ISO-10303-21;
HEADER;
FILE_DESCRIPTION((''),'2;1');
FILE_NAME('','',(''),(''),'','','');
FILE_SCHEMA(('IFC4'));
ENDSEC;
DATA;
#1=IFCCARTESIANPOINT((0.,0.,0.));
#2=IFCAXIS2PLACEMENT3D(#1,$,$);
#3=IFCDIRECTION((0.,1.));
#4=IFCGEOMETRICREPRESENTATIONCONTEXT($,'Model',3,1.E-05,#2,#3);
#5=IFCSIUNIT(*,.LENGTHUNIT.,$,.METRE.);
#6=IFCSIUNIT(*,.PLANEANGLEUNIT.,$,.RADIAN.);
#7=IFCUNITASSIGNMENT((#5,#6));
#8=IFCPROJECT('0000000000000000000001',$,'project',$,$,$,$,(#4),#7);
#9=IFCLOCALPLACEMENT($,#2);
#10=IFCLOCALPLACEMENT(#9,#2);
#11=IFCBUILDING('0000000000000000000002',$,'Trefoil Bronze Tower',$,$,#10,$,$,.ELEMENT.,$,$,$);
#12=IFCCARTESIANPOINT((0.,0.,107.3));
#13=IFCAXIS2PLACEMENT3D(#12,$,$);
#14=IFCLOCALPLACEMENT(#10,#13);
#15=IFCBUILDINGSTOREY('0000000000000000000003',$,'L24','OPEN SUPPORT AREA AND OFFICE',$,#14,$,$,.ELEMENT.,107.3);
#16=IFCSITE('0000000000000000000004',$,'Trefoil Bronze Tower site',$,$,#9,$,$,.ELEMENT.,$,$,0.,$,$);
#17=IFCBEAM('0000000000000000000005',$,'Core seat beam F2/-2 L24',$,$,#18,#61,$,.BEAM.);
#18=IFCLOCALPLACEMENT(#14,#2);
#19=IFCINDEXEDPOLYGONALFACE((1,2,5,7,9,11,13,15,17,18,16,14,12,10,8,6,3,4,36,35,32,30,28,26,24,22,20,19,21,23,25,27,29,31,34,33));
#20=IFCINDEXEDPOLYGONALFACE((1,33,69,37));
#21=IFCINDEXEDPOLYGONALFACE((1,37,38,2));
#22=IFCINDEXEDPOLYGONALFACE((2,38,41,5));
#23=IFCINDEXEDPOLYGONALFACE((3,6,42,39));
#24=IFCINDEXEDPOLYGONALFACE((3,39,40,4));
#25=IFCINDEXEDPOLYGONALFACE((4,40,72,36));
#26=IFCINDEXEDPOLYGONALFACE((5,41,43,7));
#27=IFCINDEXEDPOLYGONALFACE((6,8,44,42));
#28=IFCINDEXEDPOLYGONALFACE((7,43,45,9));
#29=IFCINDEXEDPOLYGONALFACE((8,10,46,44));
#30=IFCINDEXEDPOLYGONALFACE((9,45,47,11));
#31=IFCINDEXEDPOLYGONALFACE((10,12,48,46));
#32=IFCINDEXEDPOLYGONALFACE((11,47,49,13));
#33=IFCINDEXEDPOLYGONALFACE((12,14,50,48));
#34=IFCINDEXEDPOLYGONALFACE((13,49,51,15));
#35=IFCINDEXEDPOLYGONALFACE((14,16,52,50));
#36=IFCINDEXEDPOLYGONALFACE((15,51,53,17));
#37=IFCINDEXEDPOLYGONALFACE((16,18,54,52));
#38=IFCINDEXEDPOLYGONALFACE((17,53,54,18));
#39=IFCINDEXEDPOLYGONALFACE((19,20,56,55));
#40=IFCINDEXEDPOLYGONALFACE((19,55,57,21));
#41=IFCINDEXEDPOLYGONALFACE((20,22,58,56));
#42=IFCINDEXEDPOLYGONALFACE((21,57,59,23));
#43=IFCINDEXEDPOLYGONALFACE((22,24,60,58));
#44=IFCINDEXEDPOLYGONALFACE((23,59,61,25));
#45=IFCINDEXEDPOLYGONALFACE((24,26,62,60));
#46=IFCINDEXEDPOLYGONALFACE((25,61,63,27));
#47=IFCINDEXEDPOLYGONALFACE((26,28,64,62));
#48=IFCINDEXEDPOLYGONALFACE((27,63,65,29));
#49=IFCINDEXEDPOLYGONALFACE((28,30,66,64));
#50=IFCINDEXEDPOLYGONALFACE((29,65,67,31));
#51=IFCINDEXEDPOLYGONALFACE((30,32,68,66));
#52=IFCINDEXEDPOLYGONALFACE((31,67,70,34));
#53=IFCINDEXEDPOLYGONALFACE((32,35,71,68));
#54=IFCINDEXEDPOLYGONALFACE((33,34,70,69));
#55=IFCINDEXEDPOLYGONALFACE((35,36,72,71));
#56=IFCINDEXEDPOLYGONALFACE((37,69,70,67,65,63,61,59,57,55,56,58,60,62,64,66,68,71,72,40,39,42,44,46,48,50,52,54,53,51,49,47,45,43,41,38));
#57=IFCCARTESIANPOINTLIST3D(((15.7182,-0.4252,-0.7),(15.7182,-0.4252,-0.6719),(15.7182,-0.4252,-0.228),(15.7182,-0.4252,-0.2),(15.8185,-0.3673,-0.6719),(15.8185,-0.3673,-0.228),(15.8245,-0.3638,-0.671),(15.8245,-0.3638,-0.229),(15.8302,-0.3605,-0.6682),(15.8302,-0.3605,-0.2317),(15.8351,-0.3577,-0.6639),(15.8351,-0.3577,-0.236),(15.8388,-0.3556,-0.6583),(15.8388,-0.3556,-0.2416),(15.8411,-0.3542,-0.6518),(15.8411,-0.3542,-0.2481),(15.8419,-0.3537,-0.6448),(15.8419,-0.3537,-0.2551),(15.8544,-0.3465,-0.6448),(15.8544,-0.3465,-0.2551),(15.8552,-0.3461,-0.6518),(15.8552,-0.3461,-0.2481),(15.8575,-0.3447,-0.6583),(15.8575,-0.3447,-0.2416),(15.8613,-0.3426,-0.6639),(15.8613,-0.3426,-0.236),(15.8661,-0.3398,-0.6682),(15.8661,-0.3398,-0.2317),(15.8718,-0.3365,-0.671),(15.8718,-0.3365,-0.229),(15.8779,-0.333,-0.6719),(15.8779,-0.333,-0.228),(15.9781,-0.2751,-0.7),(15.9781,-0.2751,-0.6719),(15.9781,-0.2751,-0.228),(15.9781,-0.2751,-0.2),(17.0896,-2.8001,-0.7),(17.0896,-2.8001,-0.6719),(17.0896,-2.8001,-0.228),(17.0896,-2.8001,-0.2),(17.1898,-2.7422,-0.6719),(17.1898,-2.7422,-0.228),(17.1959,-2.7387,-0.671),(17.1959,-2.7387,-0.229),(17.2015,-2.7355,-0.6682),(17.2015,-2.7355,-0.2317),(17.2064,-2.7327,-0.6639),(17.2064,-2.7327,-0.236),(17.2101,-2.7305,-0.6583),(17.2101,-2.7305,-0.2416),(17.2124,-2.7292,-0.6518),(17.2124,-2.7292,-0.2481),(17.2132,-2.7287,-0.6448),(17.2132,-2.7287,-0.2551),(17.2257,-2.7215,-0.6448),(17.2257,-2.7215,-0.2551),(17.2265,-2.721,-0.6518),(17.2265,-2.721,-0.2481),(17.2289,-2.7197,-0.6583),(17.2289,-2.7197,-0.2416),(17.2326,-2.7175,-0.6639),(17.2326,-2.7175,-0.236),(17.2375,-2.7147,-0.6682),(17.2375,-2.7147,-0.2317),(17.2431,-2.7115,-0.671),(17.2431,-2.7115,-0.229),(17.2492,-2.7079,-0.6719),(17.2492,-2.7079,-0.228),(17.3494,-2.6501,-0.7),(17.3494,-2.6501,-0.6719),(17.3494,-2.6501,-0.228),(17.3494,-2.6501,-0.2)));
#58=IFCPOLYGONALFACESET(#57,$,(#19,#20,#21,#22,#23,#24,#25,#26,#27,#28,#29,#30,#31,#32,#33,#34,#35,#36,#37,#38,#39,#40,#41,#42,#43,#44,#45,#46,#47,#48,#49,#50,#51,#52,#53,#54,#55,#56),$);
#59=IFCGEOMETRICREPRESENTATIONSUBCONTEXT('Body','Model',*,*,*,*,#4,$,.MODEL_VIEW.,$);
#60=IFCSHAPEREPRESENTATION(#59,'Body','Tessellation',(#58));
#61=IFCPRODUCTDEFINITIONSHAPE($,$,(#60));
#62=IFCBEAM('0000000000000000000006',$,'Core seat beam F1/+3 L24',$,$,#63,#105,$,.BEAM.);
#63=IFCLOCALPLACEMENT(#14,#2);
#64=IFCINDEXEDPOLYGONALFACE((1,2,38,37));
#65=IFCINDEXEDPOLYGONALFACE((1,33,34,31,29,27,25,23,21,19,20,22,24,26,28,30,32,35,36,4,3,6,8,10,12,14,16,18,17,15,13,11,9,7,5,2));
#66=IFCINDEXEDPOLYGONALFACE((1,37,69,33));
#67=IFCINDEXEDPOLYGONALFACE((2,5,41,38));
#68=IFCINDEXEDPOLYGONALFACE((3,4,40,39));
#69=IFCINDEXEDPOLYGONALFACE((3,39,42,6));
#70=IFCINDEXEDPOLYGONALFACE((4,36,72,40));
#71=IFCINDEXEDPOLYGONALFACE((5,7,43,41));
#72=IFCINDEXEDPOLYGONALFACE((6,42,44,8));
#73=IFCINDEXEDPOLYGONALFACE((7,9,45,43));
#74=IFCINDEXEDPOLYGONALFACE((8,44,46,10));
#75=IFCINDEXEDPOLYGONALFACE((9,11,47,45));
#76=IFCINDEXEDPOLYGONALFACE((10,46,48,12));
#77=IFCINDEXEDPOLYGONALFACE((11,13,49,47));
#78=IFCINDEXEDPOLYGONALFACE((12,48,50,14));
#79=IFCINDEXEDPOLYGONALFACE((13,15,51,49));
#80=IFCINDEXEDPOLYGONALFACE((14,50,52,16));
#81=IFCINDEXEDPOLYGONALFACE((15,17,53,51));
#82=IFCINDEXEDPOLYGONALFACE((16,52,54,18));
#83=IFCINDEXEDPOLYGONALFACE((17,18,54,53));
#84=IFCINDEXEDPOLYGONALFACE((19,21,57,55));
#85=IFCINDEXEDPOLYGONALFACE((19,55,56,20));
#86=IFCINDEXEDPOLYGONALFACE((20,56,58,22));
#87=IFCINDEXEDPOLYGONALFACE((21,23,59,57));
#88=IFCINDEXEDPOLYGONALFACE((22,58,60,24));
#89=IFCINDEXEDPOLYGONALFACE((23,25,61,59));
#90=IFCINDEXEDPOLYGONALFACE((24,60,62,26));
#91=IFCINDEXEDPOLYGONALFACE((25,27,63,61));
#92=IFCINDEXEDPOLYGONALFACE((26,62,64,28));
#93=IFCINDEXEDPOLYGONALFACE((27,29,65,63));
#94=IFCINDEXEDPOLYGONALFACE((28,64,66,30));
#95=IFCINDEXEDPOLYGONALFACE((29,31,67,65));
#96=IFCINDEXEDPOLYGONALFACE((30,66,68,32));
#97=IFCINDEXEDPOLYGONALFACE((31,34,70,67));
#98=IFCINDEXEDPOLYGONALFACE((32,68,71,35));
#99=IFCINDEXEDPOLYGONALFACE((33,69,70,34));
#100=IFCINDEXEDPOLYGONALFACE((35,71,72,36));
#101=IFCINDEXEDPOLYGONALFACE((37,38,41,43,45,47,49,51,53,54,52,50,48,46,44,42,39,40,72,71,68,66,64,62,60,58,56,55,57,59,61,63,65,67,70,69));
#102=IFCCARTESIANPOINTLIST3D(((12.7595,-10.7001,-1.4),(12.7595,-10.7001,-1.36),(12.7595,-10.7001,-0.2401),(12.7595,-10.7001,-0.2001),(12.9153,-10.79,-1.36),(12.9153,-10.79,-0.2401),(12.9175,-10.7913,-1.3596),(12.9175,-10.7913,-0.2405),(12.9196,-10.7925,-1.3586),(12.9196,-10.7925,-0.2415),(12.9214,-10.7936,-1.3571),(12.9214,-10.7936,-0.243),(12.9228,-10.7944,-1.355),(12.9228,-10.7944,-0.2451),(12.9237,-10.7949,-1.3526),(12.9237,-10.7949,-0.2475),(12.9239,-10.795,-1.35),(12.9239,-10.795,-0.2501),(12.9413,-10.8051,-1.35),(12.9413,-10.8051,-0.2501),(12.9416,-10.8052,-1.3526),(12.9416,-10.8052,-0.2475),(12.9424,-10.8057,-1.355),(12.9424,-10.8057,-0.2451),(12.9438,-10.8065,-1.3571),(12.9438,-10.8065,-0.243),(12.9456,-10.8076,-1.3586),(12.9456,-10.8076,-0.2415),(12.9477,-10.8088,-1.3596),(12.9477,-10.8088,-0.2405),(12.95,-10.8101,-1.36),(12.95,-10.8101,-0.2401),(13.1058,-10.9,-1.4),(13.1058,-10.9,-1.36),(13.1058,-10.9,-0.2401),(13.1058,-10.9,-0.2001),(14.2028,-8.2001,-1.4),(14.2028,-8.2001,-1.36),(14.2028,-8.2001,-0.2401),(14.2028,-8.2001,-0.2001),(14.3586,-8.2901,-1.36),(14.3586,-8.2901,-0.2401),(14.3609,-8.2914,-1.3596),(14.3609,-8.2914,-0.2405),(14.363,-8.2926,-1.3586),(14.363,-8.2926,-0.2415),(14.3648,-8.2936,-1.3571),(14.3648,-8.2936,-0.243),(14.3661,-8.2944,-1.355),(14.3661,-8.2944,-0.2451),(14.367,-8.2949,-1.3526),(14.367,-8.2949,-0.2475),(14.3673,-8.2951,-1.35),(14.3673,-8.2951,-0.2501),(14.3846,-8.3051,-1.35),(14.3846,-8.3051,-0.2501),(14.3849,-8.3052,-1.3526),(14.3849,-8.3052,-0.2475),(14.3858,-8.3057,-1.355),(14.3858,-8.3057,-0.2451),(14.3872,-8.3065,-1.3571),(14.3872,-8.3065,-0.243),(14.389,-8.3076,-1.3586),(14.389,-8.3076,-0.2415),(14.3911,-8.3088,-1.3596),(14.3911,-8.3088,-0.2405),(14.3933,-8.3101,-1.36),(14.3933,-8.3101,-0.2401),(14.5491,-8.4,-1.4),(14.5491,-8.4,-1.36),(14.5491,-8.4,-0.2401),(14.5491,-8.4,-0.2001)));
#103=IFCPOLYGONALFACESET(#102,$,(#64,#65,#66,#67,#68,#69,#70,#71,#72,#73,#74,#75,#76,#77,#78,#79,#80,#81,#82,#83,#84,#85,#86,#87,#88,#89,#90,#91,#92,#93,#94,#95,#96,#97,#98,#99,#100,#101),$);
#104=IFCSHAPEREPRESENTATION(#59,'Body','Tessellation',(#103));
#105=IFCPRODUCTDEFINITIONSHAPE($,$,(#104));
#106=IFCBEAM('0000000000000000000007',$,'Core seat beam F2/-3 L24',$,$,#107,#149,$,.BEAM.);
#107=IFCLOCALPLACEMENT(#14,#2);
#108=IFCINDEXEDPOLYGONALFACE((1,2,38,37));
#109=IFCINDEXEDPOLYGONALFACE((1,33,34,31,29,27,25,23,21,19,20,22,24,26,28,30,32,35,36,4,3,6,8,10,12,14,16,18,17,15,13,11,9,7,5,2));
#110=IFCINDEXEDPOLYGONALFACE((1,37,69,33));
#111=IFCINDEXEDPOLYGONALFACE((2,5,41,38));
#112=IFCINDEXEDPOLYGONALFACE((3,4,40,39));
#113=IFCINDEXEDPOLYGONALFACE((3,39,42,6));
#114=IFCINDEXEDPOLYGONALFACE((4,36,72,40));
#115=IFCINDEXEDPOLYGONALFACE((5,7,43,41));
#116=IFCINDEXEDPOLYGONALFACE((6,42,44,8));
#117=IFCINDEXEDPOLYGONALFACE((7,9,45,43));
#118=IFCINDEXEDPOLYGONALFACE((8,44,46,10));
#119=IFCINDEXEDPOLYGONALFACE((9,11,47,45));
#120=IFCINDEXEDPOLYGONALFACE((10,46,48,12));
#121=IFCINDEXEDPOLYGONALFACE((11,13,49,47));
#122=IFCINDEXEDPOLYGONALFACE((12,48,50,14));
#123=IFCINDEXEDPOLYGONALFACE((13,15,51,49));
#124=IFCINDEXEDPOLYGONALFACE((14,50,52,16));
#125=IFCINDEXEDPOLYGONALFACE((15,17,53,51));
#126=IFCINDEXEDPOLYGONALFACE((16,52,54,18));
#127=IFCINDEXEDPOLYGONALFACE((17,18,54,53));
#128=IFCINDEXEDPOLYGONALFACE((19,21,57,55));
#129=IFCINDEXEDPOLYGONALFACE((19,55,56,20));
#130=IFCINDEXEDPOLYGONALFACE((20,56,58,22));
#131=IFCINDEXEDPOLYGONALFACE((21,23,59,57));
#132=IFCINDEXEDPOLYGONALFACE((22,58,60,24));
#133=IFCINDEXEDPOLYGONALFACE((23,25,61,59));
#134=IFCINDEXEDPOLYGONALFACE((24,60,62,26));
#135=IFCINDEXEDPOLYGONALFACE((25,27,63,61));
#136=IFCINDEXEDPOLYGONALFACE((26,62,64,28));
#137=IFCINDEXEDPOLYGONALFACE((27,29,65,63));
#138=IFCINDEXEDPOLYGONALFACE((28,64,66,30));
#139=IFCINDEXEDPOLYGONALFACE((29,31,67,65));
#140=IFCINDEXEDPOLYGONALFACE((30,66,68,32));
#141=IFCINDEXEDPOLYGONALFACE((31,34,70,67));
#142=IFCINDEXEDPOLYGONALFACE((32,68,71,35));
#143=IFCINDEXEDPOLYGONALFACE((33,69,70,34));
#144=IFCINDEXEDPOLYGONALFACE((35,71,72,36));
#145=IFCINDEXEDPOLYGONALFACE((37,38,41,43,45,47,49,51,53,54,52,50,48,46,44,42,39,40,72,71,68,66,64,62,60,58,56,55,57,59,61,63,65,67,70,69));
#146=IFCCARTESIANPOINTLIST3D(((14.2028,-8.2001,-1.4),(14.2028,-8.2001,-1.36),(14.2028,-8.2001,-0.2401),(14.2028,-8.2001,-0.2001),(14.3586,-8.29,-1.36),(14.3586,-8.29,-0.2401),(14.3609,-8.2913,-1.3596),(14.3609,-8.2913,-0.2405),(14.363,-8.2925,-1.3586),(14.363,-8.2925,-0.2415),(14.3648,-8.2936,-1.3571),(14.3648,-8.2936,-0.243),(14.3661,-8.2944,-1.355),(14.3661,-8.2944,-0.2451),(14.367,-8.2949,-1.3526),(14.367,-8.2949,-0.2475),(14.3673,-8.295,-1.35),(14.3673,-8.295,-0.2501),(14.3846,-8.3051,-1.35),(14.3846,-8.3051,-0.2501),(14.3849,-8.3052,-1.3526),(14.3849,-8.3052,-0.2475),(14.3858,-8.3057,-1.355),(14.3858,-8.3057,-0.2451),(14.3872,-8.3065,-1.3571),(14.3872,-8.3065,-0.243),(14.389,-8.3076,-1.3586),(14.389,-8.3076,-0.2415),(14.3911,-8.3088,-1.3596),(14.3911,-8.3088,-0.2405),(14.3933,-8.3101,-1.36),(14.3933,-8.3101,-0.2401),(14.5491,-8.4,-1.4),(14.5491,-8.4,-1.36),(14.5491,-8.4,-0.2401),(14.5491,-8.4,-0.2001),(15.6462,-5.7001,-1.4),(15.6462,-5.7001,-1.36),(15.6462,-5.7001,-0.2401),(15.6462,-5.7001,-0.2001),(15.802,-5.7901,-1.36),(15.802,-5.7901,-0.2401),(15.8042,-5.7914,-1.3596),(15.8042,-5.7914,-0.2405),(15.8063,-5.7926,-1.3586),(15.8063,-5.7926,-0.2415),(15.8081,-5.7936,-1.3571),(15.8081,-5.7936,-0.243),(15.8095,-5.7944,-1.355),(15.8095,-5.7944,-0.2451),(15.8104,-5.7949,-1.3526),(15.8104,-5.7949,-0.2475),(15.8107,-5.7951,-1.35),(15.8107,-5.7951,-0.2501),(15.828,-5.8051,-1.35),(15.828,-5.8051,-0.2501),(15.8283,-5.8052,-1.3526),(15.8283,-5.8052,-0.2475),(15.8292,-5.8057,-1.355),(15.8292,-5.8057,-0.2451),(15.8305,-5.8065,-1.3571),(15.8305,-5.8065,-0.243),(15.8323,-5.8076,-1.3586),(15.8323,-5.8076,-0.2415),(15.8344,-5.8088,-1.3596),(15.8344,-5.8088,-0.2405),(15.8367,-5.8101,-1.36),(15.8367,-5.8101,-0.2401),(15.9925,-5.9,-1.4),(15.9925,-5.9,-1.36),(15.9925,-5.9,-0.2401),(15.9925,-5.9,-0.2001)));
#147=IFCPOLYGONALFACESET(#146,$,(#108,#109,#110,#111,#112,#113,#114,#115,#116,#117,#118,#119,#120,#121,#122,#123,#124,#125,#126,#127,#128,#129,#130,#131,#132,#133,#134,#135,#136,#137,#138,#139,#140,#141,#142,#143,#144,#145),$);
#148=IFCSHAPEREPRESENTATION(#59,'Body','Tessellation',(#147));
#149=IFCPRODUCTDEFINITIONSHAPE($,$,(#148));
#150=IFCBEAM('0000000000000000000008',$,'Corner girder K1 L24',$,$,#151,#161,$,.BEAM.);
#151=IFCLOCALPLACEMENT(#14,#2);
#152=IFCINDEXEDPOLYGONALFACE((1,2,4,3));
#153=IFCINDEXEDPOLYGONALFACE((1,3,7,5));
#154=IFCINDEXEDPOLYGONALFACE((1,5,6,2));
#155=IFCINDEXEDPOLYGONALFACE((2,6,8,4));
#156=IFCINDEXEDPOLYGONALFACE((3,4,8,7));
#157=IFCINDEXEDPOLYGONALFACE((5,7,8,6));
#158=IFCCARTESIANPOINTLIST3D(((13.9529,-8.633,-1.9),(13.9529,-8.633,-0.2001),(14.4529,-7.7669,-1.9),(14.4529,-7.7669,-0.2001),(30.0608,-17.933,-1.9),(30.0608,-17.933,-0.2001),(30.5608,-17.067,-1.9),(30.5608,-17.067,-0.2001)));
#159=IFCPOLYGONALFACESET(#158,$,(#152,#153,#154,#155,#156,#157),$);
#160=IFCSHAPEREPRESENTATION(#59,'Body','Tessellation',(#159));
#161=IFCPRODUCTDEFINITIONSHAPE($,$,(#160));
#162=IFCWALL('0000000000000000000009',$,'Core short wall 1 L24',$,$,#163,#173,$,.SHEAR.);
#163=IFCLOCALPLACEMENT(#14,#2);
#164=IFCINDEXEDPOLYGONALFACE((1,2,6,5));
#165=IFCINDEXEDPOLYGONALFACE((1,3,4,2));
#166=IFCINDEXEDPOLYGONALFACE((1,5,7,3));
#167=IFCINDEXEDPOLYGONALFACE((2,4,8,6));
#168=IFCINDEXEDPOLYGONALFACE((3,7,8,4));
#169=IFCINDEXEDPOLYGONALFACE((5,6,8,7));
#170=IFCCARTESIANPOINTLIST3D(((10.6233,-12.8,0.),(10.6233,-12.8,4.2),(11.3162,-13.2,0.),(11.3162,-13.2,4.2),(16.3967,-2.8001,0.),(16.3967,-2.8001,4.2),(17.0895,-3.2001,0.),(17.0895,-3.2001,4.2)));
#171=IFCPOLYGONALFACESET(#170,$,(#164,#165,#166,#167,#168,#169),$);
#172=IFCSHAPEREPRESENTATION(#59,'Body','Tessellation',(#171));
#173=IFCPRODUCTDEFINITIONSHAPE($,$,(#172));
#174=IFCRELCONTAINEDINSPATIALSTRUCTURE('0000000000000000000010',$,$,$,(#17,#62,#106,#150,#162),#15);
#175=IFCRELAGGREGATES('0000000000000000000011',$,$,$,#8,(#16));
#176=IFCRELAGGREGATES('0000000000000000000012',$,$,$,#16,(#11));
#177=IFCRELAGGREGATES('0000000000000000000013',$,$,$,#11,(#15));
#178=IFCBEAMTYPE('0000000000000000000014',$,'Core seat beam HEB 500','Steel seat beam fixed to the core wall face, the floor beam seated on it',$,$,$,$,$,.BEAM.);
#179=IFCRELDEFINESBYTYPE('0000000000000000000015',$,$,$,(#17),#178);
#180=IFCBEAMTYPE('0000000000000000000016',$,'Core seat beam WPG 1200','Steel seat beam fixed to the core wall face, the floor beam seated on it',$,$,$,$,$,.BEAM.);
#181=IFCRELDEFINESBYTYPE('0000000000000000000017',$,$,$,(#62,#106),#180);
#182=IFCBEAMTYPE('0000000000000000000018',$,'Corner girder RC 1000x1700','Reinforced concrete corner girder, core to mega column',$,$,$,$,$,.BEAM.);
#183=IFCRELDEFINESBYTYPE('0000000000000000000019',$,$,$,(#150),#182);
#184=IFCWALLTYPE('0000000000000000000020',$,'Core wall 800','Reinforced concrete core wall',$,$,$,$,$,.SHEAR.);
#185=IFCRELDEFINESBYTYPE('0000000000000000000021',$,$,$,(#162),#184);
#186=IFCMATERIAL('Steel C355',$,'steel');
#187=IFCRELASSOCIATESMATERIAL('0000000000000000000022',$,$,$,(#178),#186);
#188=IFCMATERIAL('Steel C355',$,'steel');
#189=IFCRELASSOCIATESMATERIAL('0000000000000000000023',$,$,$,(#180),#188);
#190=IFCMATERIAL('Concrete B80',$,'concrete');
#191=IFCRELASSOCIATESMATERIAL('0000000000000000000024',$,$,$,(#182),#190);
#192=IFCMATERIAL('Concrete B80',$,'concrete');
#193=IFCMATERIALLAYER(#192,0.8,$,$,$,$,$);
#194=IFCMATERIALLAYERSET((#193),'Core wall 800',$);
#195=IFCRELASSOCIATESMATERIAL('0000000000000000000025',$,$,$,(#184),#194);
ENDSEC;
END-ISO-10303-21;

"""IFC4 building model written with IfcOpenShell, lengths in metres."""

from ifc_helpers import new_model, si_unit, direction, frame, frame_2d, origin, origin_2d, place, context, subcontext, project, spatial, rectangle, i_section, extrude, material, layer, layer_set, material_profile, profile_set, type_object, element, save


model = new_model("IFC4")

# Units and contexts
model_context = context("Model", 3, precision=1e-05, world=origin(), true_north=direction((0.0, 1.0)))
body_context = subcontext(model_context, "Body", "Model", "MODEL_VIEW")
ifc_project = project(units=[si_unit("LENGTHUNIT", "METRE"), si_unit("PLANEANGLEUNIT", "RADIAN")], contexts=[model_context])

# Site, building, storey
site_placement = place(None, origin())
site = spatial("IfcSite", under=ifc_project, at=site_placement, Name="Trefoil Bronze Tower site", CompositionType="ELEMENT", RefElevation=0.0)
building_placement = place(site_placement, origin())
building = spatial("IfcBuilding", under=site, at=building_placement, Name="Trefoil Bronze Tower", CompositionType="ELEMENT")
storey_placement = place(building_placement, frame((0.0, 0.0, 107.3)))
storey = spatial("IfcBuildingStorey", under=building, at=storey_placement, Name="L24", Description="OPEN SUPPORT AREA AND OFFICE", CompositionType="ELEMENT", Elevation=107.3)

# Beams
ifc_material_1 = material(Name="Steel C355", Category="steel")
ifc_material_profile_1 = material_profile(ifc_material_1, i_section(OverallWidth=0.3, OverallDepth=0.5, WebThickness=0.0144, FlangeThickness=0.0281, FilletRadius=0.0271, at=origin_2d()), Name="HEB 500")
ifc_profile_set_1 = profile_set([ifc_material_profile_1], Name="Steel C355")
beam_type_1 = type_object("IfcBeamType", Name="Core seat beam HEB 500", Description="Steel seat beam fixed to the core wall face, the floor beam seated on it", PredefinedType="BEAM", material=ifc_profile_set_1)
beam_1_placement = place(storey_placement, frame((17.2195, -2.7251, -0.45), z_axis=(-0.500036, 0.866005, 0.0), x_axis=(-0.866005, -0.500036, 0.0)))
element("IfcBeam", 1, at=beam_1_placement, inside=storey, type_object=beam_type_1, Name="Core seat beam F2/-2 L24", PredefinedType="BEAM", context=body_context, shape_type="SweptSolid", body=[
    extrude(i_section(OverallWidth=0.3, OverallDepth=0.5, WebThickness=0.0144, FlangeThickness=0.0281, FilletRadius=0.0271, at=origin_2d()), origin(), (0.0, 0.0, 1.0), 2.7424),
])
ifc_material_2 = material(Name="Steel C355", Category="steel")
ifc_material_profile_2 = material_profile(ifc_material_2, i_section(OverallWidth=0.3999, OverallDepth=1.2, WebThickness=0.02, FlangeThickness=0.04, FilletRadius=0.01, at=origin_2d()), Name="WPG 1200")
ifc_profile_set_2 = profile_set([ifc_material_profile_2], Name="Steel C355")
beam_type_2 = type_object("IfcBeamType", Name="Core seat beam WPG 1200", Description="Steel seat beam fixed to the core wall face, the floor beam seated on it", PredefinedType="BEAM", material=ifc_profile_set_2)
for number, where, z_axis, x_axis, name in (
    (2, (12.9326, -10.8, -0.8), (0.499996, 0.866028, 0.0), (-0.866028, 0.499996, 0.0), "Core seat beam F1/+3 L24"),
    (3, (14.376, -8.3, -0.8), (0.499996, 0.866028, 0.0), (-0.866028, 0.499996, 0.0), "Core seat beam F2/-3 L24"),
):
    element("IfcBeam", number, at=place(storey_placement, frame(where, z_axis=z_axis, x_axis=x_axis)), inside=storey, type_object=beam_type_2, Name=name, PredefinedType="BEAM", context=body_context, shape_type="SweptSolid", body=[
        extrude(i_section(OverallWidth=0.3999, OverallDepth=1.2, WebThickness=0.02, FlangeThickness=0.04, FilletRadius=0.01, at=origin_2d()), origin(), (0.0, 0.0, 1.0), 2.8867),
    ])
ifc_material_3 = material(Name="Concrete B80", Category="concrete")
ifc_material_profile_3 = material_profile(ifc_material_3, rectangle(XDim=1.0, YDim=1.7, at=origin_2d()), Name="RC 1000x1700")
ifc_profile_set_3 = profile_set([ifc_material_profile_3], Name="Concrete B80")
beam_type_3 = type_object("IfcBeamType", Name="Corner girder RC 1000x1700", Description="Reinforced concrete corner girder, core to mega column", PredefinedType="BEAM", material=ifc_profile_set_3)
beam_2_placement = place(storey_placement, frame((14.2029, -8.2, -1.05), z_axis=(0.866022, -0.500006, 0.0), x_axis=(0.500006, 0.866022, 0.0)))
element("IfcBeam", 4, at=beam_2_placement, inside=storey, type_object=beam_type_3, Name="Corner girder K1 L24", PredefinedType="BEAM", context=body_context, shape_type="SweptSolid", body=[
    extrude(rectangle(XDim=1.0, YDim=1.7, at=origin_2d()), origin(), (0.0, 0.0, 1.0), 18.5999),
])

# Wall
ifc_material_4 = material(Name="Concrete B80", Category="concrete")
ifc_layer_1 = layer(ifc_material_4, 0.8)
ifc_layer_set_1 = layer_set([ifc_layer_1], Name="Core wall 800")
wall_type_1 = type_object("IfcWallType", Name="Core wall 800", Description="Reinforced concrete core wall", PredefinedType="SHEAR", material=ifc_layer_set_1)
wall_1_placement = place(storey_placement, frame((10.9697, -13.0, 0.0), z_axis=(0.0, 0.0, 1.0), x_axis=(0.499996, 0.866028, 0.0)))
element("IfcWall", 5, at=wall_1_placement, inside=storey, type_object=wall_type_1, Name="Core short wall 1 L24", PredefinedType="SHEAR", context=body_context, shape_type="SweptSolid", body=[
    extrude(rectangle(XDim=11.5469, YDim=0.8, at=frame_2d((5.7734, 0.0))), origin(), (0.0, 0.0, 1.0), 4.2),
])

save(model, "model.ifc")
